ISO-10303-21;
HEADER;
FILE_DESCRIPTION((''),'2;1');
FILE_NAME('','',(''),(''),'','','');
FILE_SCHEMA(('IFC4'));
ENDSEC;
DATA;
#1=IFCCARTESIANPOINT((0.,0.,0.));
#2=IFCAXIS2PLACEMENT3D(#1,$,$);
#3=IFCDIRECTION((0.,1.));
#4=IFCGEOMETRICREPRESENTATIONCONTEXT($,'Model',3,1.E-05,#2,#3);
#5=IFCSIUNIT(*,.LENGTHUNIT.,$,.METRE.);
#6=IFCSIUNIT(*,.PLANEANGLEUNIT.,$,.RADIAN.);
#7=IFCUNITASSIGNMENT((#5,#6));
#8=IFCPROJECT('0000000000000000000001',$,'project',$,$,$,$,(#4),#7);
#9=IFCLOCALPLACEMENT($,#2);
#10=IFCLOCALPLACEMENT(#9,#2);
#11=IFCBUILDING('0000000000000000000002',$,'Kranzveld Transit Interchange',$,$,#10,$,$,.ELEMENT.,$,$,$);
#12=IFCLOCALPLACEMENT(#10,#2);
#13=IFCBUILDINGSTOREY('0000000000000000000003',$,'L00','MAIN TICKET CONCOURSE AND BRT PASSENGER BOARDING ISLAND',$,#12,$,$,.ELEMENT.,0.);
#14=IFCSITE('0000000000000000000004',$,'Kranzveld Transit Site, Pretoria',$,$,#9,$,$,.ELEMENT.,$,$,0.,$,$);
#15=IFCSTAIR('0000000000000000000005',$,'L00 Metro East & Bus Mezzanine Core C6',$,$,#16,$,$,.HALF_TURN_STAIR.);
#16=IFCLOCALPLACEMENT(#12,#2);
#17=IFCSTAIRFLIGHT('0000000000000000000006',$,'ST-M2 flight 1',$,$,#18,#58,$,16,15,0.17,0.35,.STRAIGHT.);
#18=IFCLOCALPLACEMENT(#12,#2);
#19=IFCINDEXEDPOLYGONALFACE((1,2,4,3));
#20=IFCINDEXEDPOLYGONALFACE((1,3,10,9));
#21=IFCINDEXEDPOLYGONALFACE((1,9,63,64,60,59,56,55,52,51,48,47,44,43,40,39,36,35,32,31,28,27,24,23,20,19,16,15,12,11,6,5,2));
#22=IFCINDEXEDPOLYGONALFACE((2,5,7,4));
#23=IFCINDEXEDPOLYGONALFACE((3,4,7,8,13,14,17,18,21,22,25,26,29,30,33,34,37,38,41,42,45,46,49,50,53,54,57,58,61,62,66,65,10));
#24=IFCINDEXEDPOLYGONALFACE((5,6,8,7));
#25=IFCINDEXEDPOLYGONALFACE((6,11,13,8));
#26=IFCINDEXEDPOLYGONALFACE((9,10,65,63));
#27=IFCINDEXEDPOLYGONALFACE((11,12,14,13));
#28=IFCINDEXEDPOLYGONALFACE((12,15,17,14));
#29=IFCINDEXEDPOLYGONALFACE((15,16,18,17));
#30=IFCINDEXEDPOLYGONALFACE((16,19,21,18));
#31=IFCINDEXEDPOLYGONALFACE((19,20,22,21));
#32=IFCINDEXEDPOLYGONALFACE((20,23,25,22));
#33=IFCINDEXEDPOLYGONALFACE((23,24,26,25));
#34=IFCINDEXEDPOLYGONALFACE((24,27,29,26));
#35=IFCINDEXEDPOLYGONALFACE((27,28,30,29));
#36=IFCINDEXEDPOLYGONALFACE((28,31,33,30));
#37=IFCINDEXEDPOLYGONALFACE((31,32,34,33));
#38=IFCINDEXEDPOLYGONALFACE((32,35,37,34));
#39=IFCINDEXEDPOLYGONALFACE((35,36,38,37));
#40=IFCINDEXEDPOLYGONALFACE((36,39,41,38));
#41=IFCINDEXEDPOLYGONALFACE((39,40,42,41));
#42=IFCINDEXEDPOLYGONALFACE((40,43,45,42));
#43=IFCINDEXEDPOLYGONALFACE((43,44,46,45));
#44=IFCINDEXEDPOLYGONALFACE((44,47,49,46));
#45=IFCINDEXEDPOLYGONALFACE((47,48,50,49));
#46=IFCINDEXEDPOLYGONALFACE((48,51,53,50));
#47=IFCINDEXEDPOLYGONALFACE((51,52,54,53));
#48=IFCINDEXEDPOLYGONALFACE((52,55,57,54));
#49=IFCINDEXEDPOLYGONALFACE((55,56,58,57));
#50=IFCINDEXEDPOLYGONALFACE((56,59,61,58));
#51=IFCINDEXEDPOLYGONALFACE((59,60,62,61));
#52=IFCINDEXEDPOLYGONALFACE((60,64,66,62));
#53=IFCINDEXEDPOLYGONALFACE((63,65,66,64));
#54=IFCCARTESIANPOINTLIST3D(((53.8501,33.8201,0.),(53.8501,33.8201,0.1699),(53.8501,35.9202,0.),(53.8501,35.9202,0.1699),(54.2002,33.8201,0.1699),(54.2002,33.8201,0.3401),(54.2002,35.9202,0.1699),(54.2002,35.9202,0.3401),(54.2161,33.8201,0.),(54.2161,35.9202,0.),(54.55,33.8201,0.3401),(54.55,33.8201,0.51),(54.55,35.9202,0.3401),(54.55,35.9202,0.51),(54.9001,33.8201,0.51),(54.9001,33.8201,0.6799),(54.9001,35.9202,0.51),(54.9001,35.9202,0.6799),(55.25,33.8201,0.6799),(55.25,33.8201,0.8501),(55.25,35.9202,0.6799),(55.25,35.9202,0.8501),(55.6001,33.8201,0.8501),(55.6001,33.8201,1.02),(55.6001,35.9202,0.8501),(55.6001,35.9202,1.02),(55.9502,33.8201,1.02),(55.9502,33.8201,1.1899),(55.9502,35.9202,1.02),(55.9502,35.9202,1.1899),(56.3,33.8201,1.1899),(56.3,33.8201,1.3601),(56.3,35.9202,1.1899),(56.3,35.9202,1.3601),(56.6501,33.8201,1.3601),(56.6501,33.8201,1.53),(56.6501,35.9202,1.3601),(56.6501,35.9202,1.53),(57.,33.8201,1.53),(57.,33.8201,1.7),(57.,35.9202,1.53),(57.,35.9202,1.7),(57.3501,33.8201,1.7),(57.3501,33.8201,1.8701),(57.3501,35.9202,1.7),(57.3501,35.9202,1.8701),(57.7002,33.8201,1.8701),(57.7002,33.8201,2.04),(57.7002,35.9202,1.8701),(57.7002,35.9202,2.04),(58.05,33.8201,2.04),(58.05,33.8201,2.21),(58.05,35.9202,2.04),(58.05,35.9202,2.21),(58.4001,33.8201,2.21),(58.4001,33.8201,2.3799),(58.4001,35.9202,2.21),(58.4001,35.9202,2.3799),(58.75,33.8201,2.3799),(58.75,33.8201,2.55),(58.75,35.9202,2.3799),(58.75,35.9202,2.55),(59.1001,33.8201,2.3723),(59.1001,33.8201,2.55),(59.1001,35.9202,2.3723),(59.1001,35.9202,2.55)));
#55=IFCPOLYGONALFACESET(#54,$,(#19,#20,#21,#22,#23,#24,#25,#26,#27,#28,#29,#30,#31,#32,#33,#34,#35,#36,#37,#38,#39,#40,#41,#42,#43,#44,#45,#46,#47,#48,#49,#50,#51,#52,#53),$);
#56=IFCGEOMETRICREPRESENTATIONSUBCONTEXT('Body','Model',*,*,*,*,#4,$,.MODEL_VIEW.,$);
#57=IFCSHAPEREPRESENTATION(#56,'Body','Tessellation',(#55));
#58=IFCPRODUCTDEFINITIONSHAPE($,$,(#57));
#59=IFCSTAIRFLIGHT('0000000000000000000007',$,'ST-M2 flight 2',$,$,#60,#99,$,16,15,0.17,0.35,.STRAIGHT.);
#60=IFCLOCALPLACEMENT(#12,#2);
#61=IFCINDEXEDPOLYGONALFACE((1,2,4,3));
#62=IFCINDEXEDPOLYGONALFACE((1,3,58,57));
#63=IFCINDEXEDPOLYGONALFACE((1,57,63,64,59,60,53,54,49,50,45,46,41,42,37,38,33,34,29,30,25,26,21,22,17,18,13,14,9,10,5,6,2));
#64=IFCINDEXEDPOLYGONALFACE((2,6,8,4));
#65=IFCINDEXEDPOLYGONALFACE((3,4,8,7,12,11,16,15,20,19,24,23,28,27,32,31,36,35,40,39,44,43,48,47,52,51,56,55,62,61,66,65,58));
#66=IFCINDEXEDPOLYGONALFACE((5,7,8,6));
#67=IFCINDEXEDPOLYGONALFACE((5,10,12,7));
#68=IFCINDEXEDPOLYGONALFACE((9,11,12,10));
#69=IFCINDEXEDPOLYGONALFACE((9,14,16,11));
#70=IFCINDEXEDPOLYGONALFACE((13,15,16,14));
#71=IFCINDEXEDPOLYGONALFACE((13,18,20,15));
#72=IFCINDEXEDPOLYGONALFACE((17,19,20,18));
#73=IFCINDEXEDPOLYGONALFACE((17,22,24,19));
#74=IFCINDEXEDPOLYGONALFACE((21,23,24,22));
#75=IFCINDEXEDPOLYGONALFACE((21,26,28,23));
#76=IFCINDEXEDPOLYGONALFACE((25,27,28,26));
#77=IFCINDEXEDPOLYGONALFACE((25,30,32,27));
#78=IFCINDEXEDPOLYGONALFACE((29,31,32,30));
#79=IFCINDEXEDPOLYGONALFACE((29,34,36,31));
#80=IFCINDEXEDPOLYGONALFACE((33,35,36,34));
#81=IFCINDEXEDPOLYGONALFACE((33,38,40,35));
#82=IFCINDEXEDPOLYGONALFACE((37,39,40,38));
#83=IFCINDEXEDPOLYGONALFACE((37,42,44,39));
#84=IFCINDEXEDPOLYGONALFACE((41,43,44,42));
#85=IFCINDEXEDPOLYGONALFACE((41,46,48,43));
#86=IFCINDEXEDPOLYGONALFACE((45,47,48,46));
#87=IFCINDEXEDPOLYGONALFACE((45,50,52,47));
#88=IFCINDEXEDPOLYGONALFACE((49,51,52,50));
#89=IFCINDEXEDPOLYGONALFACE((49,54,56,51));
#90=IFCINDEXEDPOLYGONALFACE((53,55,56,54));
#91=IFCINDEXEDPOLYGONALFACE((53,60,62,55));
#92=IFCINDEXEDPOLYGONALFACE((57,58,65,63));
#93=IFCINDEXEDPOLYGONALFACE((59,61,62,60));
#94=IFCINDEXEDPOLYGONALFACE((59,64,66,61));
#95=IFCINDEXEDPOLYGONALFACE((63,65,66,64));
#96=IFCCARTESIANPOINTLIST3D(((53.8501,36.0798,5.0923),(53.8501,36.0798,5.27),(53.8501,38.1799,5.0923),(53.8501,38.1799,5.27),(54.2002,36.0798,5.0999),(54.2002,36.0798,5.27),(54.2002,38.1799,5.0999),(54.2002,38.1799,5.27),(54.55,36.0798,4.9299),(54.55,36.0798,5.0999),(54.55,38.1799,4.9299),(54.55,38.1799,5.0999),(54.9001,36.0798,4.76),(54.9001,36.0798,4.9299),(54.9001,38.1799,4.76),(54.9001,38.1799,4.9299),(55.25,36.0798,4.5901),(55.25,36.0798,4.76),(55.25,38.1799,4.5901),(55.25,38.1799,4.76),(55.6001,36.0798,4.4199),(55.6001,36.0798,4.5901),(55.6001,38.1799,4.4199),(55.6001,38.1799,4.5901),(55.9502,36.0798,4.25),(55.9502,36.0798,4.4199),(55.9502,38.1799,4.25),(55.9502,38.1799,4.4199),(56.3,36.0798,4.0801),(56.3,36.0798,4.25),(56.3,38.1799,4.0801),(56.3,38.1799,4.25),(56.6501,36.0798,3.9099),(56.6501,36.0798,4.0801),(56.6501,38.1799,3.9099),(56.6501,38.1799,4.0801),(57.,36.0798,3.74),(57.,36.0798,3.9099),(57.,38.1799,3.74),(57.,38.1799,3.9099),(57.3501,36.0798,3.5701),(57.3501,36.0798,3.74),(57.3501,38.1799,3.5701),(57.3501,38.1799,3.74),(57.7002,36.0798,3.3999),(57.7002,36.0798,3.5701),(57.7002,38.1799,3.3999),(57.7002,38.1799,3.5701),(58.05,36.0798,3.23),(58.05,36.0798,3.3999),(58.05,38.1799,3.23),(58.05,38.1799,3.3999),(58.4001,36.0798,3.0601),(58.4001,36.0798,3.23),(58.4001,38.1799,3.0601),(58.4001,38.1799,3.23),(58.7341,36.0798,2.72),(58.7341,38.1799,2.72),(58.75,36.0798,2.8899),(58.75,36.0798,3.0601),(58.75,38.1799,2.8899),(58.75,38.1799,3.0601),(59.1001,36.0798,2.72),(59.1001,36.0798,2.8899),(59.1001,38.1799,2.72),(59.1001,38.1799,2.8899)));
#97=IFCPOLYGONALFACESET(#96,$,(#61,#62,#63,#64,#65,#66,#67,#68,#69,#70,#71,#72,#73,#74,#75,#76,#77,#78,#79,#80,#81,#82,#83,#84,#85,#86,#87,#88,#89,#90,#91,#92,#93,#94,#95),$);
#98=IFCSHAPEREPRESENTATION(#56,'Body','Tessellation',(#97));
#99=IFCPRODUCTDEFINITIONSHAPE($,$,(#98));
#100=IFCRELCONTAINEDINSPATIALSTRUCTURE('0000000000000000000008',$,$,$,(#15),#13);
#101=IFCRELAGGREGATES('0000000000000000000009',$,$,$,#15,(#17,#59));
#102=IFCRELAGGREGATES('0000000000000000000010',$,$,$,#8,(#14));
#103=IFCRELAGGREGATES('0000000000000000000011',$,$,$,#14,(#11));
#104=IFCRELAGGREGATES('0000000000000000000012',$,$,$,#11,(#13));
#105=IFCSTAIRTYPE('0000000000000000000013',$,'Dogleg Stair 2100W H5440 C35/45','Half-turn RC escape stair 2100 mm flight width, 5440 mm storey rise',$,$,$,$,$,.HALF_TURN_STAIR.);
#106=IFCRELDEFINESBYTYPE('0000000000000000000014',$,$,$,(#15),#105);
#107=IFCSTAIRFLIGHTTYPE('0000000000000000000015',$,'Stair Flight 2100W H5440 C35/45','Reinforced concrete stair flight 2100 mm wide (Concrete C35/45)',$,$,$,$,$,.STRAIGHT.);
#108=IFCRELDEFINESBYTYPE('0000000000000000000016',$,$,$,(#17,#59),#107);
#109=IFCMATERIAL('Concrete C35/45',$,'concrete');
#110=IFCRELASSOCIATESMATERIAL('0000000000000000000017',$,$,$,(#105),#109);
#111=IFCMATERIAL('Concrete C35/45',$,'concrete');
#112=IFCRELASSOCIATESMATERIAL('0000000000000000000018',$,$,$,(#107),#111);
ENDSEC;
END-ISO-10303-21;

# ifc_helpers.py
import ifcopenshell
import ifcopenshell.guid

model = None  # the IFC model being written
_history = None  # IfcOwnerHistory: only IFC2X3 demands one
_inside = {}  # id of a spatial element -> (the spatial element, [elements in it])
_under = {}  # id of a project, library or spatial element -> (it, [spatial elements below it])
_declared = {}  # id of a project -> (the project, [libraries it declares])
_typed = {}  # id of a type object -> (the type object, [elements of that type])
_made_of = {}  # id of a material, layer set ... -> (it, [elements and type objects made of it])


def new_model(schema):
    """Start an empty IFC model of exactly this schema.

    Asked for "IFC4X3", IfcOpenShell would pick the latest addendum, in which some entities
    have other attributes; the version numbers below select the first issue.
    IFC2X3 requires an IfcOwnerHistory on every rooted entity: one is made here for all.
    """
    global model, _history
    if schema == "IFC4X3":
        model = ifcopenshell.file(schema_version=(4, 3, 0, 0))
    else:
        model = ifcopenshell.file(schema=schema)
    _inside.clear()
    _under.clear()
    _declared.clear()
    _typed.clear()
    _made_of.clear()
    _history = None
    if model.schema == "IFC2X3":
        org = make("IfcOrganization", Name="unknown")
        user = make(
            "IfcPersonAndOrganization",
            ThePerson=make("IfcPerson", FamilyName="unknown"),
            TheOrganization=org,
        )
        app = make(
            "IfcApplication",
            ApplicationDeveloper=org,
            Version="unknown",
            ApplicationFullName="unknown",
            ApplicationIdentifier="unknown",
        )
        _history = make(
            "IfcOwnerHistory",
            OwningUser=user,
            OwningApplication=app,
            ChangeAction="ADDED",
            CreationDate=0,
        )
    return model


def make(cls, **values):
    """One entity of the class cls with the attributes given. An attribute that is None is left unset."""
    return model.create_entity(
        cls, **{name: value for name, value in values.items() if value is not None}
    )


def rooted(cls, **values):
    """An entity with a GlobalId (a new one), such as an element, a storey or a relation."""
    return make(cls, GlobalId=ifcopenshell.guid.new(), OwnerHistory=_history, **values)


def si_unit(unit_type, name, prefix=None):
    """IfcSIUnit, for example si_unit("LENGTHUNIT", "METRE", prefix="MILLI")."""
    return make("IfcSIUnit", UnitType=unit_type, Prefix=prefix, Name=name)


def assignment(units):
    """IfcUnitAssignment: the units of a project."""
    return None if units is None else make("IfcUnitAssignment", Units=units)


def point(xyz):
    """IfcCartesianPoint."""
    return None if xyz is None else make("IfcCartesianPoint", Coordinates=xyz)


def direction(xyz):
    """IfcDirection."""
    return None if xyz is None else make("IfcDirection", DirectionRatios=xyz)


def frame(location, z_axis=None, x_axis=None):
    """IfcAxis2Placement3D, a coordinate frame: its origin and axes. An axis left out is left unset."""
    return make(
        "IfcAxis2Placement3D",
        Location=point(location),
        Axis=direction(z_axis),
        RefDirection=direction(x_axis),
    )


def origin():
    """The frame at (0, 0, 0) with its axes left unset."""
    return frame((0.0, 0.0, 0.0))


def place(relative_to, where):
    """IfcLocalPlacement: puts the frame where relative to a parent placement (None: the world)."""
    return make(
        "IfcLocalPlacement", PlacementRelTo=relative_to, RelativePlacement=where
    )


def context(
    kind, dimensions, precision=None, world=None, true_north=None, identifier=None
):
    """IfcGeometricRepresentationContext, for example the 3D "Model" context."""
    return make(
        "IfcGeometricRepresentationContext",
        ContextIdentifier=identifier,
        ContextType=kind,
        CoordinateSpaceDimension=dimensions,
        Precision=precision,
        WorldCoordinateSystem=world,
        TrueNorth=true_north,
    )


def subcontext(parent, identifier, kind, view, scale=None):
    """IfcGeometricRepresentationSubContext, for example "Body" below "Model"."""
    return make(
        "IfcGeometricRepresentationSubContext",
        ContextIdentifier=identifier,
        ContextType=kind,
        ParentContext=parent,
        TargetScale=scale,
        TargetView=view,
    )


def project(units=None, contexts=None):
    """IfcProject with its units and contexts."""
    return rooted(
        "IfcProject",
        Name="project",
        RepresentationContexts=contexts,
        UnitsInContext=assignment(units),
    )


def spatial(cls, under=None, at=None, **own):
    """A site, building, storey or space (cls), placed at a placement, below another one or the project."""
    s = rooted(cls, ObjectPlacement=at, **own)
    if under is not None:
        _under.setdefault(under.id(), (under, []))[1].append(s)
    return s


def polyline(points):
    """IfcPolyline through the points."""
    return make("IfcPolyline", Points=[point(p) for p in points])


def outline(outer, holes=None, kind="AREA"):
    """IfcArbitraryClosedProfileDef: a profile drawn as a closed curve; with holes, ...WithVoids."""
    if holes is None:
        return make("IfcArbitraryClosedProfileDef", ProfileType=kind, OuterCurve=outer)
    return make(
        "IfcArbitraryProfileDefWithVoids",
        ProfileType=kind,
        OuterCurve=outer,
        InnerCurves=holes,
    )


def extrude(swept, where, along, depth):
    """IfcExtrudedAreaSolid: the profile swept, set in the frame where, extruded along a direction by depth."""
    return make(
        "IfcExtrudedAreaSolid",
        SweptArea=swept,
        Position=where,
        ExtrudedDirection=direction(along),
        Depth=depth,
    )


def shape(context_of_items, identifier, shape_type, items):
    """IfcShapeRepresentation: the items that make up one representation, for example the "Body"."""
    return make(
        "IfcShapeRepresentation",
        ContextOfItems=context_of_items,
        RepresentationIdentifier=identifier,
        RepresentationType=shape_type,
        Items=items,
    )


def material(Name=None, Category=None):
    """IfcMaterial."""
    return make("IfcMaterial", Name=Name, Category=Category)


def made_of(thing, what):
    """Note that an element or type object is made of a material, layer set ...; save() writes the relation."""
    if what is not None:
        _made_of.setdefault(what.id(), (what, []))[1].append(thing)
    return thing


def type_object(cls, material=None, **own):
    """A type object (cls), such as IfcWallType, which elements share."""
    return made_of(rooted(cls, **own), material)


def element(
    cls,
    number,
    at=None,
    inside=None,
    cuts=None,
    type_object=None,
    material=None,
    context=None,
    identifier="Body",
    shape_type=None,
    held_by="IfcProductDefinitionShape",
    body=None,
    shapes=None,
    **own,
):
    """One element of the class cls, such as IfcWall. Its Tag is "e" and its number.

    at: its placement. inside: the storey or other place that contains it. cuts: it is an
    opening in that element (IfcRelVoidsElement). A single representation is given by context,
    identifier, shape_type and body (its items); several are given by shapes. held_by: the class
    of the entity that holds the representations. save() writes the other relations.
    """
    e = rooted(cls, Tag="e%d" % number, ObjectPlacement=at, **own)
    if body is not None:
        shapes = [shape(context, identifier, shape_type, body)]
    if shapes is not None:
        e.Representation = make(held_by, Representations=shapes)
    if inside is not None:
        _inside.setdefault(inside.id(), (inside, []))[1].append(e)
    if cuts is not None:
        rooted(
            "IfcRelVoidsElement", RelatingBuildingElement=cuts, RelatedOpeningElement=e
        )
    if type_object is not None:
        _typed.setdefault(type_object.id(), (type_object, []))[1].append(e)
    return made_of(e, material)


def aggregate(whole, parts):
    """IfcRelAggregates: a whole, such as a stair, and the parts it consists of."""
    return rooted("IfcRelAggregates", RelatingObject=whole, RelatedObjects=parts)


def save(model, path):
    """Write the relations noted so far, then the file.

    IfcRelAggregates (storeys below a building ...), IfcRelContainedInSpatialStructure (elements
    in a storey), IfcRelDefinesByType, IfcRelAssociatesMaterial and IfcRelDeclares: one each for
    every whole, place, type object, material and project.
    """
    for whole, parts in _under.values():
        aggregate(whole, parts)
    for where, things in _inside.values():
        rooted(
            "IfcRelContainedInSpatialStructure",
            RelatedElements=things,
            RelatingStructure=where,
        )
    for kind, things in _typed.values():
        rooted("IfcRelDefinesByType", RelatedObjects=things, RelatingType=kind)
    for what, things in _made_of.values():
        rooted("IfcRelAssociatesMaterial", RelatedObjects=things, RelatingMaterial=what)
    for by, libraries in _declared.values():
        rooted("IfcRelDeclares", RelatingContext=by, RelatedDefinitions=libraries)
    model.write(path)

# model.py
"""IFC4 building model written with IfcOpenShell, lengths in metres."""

from ifc_helpers import new_model, si_unit, direction, frame, origin, place, context, subcontext, project, spatial, polyline, outline, extrude, material, type_object, element, aggregate, save


model = new_model("IFC4")

# Units and contexts
model_context = context("Model", 3, precision=1e-05, world=origin(), true_north=direction((0.0, 1.0)))
body_context = subcontext(model_context, "Body", "Model", "MODEL_VIEW")
ifc_project = project(units=[si_unit("LENGTHUNIT", "METRE"), si_unit("PLANEANGLEUNIT", "RADIAN")], contexts=[model_context])

# Site, building, storey
site_placement = place(None, origin())
site = spatial("IfcSite", under=ifc_project, at=site_placement, Name="Kranzveld Transit Site, Pretoria", CompositionType="ELEMENT", RefElevation=0.0)
building_placement = place(site_placement, origin())
building = spatial("IfcBuilding", under=site, at=building_placement, Name="Kranzveld Transit Interchange", CompositionType="ELEMENT")
storey_placement = place(building_placement, origin())
storey = spatial("IfcBuildingStorey", under=building, at=storey_placement, Name="L00", Description="MAIN TICKET CONCOURSE AND BRT PASSENGER BOARDING ISLAND", CompositionType="ELEMENT", Elevation=0.0)

# Stair, stair flights
ifc_material_1 = material(Name="Concrete C35/45", Category="concrete")
stair_type = type_object("IfcStairType", Name="Dogleg Stair 2100W H5440 C35/45", Description="Half-turn RC escape stair 2100 mm flight width, 5440 mm storey rise", PredefinedType="HALF_TURN_STAIR", material=ifc_material_1)
stair_placement = place(storey_placement, origin())
stair = element("IfcStair", 1, at=stair_placement, inside=storey, type_object=stair_type, Name="L00 Metro East & Bus Mezzanine Core C6", PredefinedType="HALF_TURN_STAIR")
ifc_material_2 = material(Name="Concrete C35/45", Category="concrete")
stair_flight_type = type_object("IfcStairFlightType", Name="Stair Flight 2100W H5440 C35/45", Description="Reinforced concrete stair flight 2100 mm wide (Concrete C35/45)", PredefinedType="STRAIGHT", material=ifc_material_2)
stair_flight_1_placement = place(storey_placement, frame((53.8501, 34.8701, 0.0), z_axis=(0.0, 0.0, 1.0), x_axis=(1.0, 0.0, 0.0)))
stair_flight_1 = element("IfcStairFlight", 2, at=stair_flight_1_placement, type_object=stair_flight_type, Name="ST-M2 flight 1", NumberOfRisers=16, NumberOfTreads=15, PredefinedType="STRAIGHT", RiserHeight=0.17, TreadLength=0.35, context=body_context, shape_type="SweptSolid", body=[
    extrude(outline(polyline([(0.0, 0.0), (0.0, 0.1699), (0.3501, 0.1699), (0.3501, 0.3401), (0.7, 0.3401), (0.7, 0.51), (1.05, 0.51), (1.05, 0.6799), (1.3999, 0.6799), (1.3999, 0.8501), (1.75, 0.8501), (1.75, 1.02), (2.1001, 1.02), (2.1001, 1.1899), (2.45, 1.1899), (2.45, 1.3601), (2.8, 1.3601), (2.8, 1.53), (3.1499, 1.53), (3.1499, 1.7), (3.5, 1.7), (3.5, 1.8701), (3.8501, 1.8701), (3.8501, 2.04), (4.2, 2.04), (4.2, 2.21), (4.55, 2.21), (4.55, 2.3799), (4.8999, 2.3799), (4.8999, 2.55), (5.25, 2.55), (5.25, 2.72), (5.25, 2.3723), (0.366, 0.0), (0.0, 0.0)])), frame((0.0, 1.05, 0.0), z_axis=(0.0, -1.0, 0.0), x_axis=(1.0, 0.0, 0.0)), (0.0, 0.0, 1.0), 2.1001),
])
stair_flight_2_placement = place(storey_placement, frame((59.1001, 37.1299, 2.72), z_axis=(0.0, 0.0, 1.0), x_axis=(-1.0, 0.0, 0.0)))
stair_flight_2 = element("IfcStairFlight", 3, at=stair_flight_2_placement, type_object=stair_flight_type, Name="ST-M2 flight 2", NumberOfRisers=16, NumberOfTreads=15, PredefinedType="STRAIGHT", RiserHeight=0.17, TreadLength=0.35, context=body_context, shape_type="SweptSolid", body=[
    extrude(outline(polyline([(0.0, 0.0), (0.0, 0.1699), (0.3501, 0.1699), (0.3501, 0.3401), (0.7, 0.3401), (0.7, 0.51), (1.05, 0.51), (1.05, 0.6799), (1.3999, 0.6799), (1.3999, 0.8501), (1.75, 0.8501), (1.75, 1.02), (2.1001, 1.02), (2.1001, 1.1899), (2.45, 1.1899), (2.45, 1.3601), (2.8, 1.3601), (2.8, 1.53), (3.1499, 1.53), (3.1499, 1.7), (3.5, 1.7), (3.5, 1.8701), (3.8501, 1.8701), (3.8501, 2.04), (4.2, 2.04), (4.2, 2.21), (4.55, 2.21), (4.55, 2.3799), (4.8999, 2.3799), (4.8999, 2.55), (5.25, 2.55), (5.25, 2.72), (5.25, 2.3723), (0.366, 0.0), (0.0, 0.0)])), frame((0.0, 1.05, 0.0), z_axis=(0.0, -1.0, 0.0), x_axis=(1.0, 0.0, 0.0)), (0.0, 0.0, 1.0), 2.1001),
])
aggregate(stair, [stair_flight_1, stair_flight_2])

save(model, "model.ifc")
